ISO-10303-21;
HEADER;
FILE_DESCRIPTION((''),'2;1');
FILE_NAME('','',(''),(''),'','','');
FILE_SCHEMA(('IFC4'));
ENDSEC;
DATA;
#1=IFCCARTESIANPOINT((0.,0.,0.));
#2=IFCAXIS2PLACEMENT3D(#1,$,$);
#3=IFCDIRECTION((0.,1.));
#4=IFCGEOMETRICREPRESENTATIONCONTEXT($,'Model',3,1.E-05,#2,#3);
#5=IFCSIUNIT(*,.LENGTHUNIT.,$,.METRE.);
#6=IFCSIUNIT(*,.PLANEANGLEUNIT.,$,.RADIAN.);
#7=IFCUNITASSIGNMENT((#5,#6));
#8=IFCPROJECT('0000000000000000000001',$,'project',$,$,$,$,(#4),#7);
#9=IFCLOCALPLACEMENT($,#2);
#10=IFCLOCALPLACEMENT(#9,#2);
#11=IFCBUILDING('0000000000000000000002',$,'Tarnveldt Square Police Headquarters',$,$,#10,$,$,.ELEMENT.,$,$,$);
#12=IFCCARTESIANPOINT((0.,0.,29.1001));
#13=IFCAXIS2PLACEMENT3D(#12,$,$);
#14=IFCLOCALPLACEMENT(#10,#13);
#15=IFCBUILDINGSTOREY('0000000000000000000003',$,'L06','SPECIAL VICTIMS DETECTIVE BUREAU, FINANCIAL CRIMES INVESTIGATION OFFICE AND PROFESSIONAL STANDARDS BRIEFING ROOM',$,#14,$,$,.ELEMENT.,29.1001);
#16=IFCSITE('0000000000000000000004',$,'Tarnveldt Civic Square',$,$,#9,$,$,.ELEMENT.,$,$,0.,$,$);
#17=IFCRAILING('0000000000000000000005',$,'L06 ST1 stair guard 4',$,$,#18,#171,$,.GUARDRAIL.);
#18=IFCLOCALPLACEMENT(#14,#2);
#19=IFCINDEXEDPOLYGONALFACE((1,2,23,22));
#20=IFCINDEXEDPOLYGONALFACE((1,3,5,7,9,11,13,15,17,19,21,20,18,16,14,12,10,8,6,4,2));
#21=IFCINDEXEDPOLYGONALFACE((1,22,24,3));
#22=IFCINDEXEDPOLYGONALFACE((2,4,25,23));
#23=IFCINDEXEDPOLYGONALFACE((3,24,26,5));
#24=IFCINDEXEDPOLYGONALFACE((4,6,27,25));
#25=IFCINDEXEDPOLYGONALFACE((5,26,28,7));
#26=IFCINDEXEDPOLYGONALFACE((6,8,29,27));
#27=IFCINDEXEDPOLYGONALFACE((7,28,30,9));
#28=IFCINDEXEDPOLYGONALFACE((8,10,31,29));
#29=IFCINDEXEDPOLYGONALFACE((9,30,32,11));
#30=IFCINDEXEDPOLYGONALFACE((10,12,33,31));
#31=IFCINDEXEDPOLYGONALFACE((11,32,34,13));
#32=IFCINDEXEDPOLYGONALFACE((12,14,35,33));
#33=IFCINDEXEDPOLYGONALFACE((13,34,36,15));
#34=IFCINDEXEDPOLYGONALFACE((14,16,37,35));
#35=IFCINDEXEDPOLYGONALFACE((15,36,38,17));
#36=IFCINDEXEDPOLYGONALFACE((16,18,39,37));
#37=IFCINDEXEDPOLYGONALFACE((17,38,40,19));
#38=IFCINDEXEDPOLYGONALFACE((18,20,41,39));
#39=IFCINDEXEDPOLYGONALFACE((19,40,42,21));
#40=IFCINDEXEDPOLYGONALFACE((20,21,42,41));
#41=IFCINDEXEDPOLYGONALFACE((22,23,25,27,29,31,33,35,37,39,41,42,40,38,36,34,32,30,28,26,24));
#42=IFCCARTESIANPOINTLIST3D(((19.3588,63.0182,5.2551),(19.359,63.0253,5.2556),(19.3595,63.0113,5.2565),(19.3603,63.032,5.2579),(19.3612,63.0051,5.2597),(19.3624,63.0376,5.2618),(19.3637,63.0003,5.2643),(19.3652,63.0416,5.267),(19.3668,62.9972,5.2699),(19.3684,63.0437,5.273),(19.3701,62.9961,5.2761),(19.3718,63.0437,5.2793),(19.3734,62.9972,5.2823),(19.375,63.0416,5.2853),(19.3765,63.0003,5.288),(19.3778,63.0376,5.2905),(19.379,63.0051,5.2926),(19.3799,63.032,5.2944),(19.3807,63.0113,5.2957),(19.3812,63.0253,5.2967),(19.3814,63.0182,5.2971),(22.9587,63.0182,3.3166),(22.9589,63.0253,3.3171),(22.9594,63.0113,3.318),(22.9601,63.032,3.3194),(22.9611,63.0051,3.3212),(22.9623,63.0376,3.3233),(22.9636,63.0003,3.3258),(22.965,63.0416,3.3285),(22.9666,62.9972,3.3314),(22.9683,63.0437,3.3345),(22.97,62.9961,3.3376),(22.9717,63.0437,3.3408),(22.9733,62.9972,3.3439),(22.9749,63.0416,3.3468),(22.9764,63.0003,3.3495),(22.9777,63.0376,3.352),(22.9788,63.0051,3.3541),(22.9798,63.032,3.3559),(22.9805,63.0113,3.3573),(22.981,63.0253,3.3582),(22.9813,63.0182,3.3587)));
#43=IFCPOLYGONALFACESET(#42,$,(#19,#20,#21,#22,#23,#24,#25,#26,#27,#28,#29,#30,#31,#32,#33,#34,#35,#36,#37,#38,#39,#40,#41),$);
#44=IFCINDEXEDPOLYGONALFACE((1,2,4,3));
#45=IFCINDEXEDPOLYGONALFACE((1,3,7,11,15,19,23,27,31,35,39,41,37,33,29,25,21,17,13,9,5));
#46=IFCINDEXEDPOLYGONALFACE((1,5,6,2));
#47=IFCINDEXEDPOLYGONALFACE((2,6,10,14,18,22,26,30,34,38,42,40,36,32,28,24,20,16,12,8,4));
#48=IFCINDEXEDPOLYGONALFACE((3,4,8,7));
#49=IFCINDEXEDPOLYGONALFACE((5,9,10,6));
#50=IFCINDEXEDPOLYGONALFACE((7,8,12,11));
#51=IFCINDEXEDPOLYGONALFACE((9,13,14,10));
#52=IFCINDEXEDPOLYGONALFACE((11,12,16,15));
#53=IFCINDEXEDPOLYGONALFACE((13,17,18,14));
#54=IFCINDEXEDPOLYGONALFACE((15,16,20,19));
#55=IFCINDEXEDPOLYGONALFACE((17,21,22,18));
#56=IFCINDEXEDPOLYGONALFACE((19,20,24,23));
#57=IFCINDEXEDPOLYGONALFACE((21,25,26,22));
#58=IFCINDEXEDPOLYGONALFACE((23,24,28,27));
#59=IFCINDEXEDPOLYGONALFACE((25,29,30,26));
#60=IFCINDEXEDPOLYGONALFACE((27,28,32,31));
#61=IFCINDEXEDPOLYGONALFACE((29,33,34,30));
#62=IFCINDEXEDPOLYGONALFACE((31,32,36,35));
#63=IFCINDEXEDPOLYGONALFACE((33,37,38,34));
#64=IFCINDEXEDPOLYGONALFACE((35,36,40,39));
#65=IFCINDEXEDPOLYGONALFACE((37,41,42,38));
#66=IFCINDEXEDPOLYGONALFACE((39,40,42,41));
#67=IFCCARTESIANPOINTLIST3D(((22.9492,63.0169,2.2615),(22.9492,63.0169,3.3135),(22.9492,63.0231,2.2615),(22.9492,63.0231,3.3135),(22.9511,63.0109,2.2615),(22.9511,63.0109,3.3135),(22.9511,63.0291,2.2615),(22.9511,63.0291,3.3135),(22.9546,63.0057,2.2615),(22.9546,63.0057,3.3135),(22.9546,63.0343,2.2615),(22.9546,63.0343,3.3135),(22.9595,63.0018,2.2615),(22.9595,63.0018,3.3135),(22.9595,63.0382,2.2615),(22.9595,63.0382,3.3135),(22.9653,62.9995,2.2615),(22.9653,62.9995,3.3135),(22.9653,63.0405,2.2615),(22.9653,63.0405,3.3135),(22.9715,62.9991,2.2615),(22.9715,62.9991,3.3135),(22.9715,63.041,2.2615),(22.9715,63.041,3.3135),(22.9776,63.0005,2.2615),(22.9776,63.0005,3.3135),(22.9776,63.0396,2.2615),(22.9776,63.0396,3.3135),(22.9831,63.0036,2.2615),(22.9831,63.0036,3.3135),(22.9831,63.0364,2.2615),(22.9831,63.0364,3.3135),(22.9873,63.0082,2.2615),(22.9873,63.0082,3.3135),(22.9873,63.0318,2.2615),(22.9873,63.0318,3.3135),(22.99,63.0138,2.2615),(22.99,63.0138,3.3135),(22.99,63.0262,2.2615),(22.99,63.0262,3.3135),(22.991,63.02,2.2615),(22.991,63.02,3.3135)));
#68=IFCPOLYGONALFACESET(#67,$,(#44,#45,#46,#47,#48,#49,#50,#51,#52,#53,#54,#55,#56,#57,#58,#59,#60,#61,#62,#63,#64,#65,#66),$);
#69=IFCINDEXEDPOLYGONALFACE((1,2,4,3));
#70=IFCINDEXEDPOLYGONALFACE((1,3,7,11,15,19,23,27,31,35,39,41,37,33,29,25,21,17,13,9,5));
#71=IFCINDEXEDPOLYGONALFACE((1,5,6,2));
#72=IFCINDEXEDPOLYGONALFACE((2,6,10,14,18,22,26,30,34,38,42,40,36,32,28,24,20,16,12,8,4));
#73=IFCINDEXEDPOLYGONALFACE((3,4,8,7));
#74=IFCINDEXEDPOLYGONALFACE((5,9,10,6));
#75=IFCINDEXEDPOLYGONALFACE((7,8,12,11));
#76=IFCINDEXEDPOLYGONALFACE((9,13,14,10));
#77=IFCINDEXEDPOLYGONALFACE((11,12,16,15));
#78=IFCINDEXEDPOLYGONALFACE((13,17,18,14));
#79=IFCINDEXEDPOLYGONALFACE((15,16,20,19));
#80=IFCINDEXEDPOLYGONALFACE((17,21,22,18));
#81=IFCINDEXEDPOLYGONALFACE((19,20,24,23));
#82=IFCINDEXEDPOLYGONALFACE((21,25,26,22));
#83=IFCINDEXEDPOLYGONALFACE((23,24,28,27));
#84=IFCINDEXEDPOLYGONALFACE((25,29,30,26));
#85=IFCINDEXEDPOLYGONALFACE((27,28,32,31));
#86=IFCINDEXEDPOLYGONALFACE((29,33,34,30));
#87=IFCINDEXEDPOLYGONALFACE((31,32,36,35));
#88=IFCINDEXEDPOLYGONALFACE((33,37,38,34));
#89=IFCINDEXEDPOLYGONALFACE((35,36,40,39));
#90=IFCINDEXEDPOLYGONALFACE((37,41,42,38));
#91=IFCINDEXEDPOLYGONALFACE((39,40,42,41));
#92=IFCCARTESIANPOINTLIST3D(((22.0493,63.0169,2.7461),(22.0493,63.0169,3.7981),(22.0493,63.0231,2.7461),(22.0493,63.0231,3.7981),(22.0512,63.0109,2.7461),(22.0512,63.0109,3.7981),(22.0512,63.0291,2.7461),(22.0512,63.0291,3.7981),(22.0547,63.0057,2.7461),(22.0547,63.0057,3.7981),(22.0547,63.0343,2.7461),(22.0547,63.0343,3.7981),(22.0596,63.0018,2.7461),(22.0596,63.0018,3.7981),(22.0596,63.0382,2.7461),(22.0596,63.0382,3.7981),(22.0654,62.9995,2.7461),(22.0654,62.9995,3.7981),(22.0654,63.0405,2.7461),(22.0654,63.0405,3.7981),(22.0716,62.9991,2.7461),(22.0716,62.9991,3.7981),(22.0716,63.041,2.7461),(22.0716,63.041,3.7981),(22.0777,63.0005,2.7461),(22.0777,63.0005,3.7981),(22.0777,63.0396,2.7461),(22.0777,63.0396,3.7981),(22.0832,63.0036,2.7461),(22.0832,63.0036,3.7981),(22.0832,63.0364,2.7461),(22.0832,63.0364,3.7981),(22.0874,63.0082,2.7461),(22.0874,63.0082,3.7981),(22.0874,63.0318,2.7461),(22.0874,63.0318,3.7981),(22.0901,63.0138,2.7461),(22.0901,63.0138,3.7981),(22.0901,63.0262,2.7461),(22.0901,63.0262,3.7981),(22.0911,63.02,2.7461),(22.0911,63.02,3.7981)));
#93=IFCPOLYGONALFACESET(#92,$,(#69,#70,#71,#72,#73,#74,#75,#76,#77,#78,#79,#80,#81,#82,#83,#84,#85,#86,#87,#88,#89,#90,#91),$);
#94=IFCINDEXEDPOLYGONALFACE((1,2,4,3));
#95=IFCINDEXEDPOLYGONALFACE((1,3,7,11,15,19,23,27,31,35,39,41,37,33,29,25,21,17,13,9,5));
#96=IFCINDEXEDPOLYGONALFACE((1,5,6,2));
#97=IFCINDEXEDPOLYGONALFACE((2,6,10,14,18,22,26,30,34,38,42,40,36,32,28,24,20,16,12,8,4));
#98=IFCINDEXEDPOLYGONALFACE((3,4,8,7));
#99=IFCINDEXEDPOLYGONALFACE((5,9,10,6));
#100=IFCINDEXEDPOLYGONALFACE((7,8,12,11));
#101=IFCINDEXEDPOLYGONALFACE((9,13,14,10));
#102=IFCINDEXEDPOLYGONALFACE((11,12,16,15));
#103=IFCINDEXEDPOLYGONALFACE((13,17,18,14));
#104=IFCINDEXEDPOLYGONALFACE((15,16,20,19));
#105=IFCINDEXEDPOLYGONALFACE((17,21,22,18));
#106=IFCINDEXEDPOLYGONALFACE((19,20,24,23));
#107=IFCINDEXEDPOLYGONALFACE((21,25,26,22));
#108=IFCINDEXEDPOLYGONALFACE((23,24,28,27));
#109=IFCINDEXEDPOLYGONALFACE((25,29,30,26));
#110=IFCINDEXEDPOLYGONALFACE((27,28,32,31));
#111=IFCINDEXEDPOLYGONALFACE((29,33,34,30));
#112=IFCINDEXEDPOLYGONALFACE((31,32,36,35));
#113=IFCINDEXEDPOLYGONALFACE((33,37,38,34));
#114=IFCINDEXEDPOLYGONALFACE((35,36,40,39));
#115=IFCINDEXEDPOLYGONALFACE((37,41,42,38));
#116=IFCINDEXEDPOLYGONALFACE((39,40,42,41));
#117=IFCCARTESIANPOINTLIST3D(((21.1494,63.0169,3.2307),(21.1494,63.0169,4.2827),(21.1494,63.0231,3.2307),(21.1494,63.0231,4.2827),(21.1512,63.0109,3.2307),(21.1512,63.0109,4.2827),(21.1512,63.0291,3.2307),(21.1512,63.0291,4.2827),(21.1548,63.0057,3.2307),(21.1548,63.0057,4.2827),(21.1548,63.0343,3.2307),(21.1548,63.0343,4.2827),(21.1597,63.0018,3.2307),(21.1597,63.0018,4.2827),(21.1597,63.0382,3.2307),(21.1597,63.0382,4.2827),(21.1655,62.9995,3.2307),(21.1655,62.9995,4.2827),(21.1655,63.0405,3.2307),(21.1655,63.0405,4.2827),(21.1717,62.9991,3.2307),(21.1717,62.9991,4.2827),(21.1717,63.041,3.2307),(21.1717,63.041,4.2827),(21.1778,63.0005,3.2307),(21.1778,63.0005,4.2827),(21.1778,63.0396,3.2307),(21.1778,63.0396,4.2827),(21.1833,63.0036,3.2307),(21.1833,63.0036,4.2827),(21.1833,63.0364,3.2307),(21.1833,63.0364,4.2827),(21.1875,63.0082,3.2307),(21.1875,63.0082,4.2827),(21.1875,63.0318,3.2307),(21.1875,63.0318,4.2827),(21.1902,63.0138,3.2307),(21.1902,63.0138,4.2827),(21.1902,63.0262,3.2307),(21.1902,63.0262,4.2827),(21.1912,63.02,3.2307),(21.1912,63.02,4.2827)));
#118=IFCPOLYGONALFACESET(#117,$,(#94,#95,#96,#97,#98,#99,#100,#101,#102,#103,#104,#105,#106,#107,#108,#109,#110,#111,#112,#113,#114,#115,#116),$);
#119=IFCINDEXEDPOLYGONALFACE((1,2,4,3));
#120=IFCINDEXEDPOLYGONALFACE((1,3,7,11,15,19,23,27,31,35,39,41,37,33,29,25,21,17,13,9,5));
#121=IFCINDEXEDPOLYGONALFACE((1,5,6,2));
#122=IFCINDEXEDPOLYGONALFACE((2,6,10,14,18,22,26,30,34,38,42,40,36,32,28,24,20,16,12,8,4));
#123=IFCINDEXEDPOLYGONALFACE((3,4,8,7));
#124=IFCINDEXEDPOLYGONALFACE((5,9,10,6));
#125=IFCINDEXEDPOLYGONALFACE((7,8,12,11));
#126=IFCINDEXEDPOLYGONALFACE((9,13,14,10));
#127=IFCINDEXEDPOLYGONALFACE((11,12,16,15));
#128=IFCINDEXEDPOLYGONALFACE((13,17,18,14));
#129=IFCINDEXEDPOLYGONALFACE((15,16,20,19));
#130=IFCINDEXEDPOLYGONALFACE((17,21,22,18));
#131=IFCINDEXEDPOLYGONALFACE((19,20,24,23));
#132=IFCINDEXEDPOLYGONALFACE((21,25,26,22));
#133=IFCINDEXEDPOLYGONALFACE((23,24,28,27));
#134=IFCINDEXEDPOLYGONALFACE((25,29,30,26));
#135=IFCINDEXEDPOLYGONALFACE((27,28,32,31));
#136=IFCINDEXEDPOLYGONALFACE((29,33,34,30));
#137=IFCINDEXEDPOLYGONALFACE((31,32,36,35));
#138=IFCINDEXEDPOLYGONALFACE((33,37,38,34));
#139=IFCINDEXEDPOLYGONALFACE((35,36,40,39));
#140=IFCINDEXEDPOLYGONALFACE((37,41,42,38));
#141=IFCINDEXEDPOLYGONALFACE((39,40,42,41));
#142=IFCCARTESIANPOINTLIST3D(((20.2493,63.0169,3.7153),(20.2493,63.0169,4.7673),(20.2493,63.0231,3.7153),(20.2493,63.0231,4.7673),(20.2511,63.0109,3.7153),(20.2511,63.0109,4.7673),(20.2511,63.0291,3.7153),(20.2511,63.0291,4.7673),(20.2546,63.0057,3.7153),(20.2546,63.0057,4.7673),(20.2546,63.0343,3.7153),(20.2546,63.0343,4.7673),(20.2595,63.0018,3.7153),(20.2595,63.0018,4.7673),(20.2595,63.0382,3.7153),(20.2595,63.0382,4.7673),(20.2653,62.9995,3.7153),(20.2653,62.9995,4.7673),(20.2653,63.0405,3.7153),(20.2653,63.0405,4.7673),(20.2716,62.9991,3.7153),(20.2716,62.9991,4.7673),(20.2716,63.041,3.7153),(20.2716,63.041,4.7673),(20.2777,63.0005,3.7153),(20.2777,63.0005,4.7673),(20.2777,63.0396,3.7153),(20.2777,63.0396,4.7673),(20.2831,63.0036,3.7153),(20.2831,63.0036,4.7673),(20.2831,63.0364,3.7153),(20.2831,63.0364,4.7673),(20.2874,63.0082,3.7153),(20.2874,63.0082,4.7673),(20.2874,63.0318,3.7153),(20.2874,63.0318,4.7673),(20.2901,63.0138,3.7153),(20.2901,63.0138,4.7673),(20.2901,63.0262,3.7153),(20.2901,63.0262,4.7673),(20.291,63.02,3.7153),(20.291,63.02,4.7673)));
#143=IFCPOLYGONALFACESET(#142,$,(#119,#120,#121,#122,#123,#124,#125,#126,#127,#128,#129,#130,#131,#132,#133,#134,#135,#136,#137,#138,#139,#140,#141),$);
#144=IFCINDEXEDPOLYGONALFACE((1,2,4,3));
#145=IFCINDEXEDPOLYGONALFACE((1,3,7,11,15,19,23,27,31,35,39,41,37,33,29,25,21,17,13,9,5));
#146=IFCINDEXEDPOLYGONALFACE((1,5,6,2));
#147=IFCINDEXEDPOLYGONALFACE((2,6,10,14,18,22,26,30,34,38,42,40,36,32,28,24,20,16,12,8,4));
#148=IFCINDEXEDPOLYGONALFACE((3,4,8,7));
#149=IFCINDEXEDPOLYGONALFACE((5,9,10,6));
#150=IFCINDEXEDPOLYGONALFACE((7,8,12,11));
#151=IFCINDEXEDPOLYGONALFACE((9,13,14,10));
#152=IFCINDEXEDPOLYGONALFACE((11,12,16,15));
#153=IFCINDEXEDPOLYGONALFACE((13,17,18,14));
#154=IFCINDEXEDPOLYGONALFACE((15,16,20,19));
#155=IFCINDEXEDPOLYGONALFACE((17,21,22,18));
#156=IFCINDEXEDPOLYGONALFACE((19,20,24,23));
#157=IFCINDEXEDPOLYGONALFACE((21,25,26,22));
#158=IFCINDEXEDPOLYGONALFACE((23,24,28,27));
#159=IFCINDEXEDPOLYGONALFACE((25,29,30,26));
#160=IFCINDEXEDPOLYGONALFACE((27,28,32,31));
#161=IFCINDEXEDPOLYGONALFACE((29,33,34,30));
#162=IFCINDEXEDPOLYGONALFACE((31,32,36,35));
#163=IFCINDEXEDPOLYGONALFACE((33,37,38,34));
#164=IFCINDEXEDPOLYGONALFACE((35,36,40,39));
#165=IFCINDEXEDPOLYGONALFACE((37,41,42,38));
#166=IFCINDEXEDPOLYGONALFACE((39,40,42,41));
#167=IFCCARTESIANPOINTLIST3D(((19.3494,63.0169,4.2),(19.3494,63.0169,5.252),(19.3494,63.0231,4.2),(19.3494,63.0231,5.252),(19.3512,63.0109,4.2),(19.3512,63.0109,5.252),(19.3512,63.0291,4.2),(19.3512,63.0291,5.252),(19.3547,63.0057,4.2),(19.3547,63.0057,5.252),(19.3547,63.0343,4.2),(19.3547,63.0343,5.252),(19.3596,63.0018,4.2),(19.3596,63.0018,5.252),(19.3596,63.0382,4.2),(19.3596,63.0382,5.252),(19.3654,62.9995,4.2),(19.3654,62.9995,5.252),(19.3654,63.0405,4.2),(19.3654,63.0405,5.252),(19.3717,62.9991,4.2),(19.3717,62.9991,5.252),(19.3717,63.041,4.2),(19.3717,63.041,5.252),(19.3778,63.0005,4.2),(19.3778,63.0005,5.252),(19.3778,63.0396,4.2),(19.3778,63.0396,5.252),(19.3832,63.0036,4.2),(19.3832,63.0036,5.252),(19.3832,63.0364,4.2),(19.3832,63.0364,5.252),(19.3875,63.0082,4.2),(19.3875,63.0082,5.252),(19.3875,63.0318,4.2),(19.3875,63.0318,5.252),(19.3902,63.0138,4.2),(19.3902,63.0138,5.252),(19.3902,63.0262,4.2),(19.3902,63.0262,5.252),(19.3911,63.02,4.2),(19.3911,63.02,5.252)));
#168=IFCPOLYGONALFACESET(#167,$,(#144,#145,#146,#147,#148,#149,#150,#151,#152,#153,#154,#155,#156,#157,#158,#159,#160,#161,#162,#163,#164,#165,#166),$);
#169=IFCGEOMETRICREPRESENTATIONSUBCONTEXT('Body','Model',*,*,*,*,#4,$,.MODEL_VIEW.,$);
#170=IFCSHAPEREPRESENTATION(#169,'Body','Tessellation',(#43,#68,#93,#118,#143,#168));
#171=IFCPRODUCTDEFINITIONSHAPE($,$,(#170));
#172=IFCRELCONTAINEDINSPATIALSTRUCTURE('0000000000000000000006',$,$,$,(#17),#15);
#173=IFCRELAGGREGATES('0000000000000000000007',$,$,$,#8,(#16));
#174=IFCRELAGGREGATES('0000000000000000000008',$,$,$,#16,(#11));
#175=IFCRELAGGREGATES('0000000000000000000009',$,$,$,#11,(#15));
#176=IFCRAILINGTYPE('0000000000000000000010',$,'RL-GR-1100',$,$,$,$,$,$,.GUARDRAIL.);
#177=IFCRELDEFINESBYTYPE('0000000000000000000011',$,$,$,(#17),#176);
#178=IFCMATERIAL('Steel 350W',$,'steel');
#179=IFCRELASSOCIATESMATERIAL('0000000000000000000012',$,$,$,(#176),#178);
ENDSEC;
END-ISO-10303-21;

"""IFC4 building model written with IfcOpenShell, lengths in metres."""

from ifc_helpers import new_model, si_unit, direction, frame, origin, origin_2d, place, context, subcontext, project, spatial, circle, extrude, material, type_object, element, save


model = new_model("IFC4")

# Units and contexts
model_context = context("Model", 3, precision=1e-05, world=origin(), true_north=direction((0.0, 1.0)))
body_context = subcontext(model_context, "Body", "Model", "MODEL_VIEW")
ifc_project = project(units=[si_unit("LENGTHUNIT", "METRE"), si_unit("PLANEANGLEUNIT", "RADIAN")], contexts=[model_context])

# Site, building, storey
site_placement = place(None, origin())
site = spatial("IfcSite", under=ifc_project, at=site_placement, Name="Tarnveldt Civic Square", CompositionType="ELEMENT", RefElevation=0.0)
building_placement = place(site_placement, origin())
building = spatial("IfcBuilding", under=site, at=building_placement, Name="Tarnveldt Square Police Headquarters", CompositionType="ELEMENT")
storey_placement = place(building_placement, frame((0.0, 0.0, 29.1001)))
storey = spatial("IfcBuildingStorey", under=building, at=storey_placement, Name="L06", Description="SPECIAL VICTIMS DETECTIVE BUREAU, FINANCIAL CRIMES INVESTIGATION OFFICE AND PROFESSIONAL STANDARDS BRIEFING ROOM", CompositionType="ELEMENT", Elevation=29.1001)

# Shared definitions
ifc_material_1 = material(Name="Steel 350W", Category="steel")

# Railing
railing_type_1 = type_object("IfcRailingType", Name="RL-GR-1100", PredefinedType="GUARDRAIL", material=ifc_material_1)
railing_1_placement = place(storey_placement, frame((22.97, 63.02, 2.2615)))
element("IfcRailing", 1, at=railing_1_placement, inside=storey, type_object=railing_type_1, Name="L06 ST1 stair guard 4", PredefinedType="GUARDRAIL", context=body_context, shape_type="SweptSolid", body=[
    extrude(circle(Radius=0.0239, at=origin_2d()), frame((0.0, 0.0, 1.0762), z_axis=(-0.880462, 0.0, 0.474118), x_axis=(0.0, -1.0, 0.0)), (0.0, 0.0, 1.0), 4.0886),
    extrude(circle(Radius=0.021, at=origin_2d()), origin(), (0.0, 0.0, 1.0), 1.052),
    extrude(circle(Radius=0.021, at=origin_2d()), frame((-0.8999, 0.0, 0.4846)), (0.0, 0.0, 1.0), 1.052),
    extrude(circle(Radius=0.021, at=origin_2d()), frame((-1.7998, 0.0, 0.9692)), (0.0, 0.0, 1.0), 1.052),
    extrude(circle(Radius=0.021, at=origin_2d()), frame((-2.7, 0.0, 1.4539)), (0.0, 0.0, 1.0), 1.052),
    extrude(circle(Radius=0.021, at=origin_2d()), frame((-3.5999, 0.0, 1.9385)), (0.0, 0.0, 1.0), 1.052),
])

save(model, "model.ifc")
